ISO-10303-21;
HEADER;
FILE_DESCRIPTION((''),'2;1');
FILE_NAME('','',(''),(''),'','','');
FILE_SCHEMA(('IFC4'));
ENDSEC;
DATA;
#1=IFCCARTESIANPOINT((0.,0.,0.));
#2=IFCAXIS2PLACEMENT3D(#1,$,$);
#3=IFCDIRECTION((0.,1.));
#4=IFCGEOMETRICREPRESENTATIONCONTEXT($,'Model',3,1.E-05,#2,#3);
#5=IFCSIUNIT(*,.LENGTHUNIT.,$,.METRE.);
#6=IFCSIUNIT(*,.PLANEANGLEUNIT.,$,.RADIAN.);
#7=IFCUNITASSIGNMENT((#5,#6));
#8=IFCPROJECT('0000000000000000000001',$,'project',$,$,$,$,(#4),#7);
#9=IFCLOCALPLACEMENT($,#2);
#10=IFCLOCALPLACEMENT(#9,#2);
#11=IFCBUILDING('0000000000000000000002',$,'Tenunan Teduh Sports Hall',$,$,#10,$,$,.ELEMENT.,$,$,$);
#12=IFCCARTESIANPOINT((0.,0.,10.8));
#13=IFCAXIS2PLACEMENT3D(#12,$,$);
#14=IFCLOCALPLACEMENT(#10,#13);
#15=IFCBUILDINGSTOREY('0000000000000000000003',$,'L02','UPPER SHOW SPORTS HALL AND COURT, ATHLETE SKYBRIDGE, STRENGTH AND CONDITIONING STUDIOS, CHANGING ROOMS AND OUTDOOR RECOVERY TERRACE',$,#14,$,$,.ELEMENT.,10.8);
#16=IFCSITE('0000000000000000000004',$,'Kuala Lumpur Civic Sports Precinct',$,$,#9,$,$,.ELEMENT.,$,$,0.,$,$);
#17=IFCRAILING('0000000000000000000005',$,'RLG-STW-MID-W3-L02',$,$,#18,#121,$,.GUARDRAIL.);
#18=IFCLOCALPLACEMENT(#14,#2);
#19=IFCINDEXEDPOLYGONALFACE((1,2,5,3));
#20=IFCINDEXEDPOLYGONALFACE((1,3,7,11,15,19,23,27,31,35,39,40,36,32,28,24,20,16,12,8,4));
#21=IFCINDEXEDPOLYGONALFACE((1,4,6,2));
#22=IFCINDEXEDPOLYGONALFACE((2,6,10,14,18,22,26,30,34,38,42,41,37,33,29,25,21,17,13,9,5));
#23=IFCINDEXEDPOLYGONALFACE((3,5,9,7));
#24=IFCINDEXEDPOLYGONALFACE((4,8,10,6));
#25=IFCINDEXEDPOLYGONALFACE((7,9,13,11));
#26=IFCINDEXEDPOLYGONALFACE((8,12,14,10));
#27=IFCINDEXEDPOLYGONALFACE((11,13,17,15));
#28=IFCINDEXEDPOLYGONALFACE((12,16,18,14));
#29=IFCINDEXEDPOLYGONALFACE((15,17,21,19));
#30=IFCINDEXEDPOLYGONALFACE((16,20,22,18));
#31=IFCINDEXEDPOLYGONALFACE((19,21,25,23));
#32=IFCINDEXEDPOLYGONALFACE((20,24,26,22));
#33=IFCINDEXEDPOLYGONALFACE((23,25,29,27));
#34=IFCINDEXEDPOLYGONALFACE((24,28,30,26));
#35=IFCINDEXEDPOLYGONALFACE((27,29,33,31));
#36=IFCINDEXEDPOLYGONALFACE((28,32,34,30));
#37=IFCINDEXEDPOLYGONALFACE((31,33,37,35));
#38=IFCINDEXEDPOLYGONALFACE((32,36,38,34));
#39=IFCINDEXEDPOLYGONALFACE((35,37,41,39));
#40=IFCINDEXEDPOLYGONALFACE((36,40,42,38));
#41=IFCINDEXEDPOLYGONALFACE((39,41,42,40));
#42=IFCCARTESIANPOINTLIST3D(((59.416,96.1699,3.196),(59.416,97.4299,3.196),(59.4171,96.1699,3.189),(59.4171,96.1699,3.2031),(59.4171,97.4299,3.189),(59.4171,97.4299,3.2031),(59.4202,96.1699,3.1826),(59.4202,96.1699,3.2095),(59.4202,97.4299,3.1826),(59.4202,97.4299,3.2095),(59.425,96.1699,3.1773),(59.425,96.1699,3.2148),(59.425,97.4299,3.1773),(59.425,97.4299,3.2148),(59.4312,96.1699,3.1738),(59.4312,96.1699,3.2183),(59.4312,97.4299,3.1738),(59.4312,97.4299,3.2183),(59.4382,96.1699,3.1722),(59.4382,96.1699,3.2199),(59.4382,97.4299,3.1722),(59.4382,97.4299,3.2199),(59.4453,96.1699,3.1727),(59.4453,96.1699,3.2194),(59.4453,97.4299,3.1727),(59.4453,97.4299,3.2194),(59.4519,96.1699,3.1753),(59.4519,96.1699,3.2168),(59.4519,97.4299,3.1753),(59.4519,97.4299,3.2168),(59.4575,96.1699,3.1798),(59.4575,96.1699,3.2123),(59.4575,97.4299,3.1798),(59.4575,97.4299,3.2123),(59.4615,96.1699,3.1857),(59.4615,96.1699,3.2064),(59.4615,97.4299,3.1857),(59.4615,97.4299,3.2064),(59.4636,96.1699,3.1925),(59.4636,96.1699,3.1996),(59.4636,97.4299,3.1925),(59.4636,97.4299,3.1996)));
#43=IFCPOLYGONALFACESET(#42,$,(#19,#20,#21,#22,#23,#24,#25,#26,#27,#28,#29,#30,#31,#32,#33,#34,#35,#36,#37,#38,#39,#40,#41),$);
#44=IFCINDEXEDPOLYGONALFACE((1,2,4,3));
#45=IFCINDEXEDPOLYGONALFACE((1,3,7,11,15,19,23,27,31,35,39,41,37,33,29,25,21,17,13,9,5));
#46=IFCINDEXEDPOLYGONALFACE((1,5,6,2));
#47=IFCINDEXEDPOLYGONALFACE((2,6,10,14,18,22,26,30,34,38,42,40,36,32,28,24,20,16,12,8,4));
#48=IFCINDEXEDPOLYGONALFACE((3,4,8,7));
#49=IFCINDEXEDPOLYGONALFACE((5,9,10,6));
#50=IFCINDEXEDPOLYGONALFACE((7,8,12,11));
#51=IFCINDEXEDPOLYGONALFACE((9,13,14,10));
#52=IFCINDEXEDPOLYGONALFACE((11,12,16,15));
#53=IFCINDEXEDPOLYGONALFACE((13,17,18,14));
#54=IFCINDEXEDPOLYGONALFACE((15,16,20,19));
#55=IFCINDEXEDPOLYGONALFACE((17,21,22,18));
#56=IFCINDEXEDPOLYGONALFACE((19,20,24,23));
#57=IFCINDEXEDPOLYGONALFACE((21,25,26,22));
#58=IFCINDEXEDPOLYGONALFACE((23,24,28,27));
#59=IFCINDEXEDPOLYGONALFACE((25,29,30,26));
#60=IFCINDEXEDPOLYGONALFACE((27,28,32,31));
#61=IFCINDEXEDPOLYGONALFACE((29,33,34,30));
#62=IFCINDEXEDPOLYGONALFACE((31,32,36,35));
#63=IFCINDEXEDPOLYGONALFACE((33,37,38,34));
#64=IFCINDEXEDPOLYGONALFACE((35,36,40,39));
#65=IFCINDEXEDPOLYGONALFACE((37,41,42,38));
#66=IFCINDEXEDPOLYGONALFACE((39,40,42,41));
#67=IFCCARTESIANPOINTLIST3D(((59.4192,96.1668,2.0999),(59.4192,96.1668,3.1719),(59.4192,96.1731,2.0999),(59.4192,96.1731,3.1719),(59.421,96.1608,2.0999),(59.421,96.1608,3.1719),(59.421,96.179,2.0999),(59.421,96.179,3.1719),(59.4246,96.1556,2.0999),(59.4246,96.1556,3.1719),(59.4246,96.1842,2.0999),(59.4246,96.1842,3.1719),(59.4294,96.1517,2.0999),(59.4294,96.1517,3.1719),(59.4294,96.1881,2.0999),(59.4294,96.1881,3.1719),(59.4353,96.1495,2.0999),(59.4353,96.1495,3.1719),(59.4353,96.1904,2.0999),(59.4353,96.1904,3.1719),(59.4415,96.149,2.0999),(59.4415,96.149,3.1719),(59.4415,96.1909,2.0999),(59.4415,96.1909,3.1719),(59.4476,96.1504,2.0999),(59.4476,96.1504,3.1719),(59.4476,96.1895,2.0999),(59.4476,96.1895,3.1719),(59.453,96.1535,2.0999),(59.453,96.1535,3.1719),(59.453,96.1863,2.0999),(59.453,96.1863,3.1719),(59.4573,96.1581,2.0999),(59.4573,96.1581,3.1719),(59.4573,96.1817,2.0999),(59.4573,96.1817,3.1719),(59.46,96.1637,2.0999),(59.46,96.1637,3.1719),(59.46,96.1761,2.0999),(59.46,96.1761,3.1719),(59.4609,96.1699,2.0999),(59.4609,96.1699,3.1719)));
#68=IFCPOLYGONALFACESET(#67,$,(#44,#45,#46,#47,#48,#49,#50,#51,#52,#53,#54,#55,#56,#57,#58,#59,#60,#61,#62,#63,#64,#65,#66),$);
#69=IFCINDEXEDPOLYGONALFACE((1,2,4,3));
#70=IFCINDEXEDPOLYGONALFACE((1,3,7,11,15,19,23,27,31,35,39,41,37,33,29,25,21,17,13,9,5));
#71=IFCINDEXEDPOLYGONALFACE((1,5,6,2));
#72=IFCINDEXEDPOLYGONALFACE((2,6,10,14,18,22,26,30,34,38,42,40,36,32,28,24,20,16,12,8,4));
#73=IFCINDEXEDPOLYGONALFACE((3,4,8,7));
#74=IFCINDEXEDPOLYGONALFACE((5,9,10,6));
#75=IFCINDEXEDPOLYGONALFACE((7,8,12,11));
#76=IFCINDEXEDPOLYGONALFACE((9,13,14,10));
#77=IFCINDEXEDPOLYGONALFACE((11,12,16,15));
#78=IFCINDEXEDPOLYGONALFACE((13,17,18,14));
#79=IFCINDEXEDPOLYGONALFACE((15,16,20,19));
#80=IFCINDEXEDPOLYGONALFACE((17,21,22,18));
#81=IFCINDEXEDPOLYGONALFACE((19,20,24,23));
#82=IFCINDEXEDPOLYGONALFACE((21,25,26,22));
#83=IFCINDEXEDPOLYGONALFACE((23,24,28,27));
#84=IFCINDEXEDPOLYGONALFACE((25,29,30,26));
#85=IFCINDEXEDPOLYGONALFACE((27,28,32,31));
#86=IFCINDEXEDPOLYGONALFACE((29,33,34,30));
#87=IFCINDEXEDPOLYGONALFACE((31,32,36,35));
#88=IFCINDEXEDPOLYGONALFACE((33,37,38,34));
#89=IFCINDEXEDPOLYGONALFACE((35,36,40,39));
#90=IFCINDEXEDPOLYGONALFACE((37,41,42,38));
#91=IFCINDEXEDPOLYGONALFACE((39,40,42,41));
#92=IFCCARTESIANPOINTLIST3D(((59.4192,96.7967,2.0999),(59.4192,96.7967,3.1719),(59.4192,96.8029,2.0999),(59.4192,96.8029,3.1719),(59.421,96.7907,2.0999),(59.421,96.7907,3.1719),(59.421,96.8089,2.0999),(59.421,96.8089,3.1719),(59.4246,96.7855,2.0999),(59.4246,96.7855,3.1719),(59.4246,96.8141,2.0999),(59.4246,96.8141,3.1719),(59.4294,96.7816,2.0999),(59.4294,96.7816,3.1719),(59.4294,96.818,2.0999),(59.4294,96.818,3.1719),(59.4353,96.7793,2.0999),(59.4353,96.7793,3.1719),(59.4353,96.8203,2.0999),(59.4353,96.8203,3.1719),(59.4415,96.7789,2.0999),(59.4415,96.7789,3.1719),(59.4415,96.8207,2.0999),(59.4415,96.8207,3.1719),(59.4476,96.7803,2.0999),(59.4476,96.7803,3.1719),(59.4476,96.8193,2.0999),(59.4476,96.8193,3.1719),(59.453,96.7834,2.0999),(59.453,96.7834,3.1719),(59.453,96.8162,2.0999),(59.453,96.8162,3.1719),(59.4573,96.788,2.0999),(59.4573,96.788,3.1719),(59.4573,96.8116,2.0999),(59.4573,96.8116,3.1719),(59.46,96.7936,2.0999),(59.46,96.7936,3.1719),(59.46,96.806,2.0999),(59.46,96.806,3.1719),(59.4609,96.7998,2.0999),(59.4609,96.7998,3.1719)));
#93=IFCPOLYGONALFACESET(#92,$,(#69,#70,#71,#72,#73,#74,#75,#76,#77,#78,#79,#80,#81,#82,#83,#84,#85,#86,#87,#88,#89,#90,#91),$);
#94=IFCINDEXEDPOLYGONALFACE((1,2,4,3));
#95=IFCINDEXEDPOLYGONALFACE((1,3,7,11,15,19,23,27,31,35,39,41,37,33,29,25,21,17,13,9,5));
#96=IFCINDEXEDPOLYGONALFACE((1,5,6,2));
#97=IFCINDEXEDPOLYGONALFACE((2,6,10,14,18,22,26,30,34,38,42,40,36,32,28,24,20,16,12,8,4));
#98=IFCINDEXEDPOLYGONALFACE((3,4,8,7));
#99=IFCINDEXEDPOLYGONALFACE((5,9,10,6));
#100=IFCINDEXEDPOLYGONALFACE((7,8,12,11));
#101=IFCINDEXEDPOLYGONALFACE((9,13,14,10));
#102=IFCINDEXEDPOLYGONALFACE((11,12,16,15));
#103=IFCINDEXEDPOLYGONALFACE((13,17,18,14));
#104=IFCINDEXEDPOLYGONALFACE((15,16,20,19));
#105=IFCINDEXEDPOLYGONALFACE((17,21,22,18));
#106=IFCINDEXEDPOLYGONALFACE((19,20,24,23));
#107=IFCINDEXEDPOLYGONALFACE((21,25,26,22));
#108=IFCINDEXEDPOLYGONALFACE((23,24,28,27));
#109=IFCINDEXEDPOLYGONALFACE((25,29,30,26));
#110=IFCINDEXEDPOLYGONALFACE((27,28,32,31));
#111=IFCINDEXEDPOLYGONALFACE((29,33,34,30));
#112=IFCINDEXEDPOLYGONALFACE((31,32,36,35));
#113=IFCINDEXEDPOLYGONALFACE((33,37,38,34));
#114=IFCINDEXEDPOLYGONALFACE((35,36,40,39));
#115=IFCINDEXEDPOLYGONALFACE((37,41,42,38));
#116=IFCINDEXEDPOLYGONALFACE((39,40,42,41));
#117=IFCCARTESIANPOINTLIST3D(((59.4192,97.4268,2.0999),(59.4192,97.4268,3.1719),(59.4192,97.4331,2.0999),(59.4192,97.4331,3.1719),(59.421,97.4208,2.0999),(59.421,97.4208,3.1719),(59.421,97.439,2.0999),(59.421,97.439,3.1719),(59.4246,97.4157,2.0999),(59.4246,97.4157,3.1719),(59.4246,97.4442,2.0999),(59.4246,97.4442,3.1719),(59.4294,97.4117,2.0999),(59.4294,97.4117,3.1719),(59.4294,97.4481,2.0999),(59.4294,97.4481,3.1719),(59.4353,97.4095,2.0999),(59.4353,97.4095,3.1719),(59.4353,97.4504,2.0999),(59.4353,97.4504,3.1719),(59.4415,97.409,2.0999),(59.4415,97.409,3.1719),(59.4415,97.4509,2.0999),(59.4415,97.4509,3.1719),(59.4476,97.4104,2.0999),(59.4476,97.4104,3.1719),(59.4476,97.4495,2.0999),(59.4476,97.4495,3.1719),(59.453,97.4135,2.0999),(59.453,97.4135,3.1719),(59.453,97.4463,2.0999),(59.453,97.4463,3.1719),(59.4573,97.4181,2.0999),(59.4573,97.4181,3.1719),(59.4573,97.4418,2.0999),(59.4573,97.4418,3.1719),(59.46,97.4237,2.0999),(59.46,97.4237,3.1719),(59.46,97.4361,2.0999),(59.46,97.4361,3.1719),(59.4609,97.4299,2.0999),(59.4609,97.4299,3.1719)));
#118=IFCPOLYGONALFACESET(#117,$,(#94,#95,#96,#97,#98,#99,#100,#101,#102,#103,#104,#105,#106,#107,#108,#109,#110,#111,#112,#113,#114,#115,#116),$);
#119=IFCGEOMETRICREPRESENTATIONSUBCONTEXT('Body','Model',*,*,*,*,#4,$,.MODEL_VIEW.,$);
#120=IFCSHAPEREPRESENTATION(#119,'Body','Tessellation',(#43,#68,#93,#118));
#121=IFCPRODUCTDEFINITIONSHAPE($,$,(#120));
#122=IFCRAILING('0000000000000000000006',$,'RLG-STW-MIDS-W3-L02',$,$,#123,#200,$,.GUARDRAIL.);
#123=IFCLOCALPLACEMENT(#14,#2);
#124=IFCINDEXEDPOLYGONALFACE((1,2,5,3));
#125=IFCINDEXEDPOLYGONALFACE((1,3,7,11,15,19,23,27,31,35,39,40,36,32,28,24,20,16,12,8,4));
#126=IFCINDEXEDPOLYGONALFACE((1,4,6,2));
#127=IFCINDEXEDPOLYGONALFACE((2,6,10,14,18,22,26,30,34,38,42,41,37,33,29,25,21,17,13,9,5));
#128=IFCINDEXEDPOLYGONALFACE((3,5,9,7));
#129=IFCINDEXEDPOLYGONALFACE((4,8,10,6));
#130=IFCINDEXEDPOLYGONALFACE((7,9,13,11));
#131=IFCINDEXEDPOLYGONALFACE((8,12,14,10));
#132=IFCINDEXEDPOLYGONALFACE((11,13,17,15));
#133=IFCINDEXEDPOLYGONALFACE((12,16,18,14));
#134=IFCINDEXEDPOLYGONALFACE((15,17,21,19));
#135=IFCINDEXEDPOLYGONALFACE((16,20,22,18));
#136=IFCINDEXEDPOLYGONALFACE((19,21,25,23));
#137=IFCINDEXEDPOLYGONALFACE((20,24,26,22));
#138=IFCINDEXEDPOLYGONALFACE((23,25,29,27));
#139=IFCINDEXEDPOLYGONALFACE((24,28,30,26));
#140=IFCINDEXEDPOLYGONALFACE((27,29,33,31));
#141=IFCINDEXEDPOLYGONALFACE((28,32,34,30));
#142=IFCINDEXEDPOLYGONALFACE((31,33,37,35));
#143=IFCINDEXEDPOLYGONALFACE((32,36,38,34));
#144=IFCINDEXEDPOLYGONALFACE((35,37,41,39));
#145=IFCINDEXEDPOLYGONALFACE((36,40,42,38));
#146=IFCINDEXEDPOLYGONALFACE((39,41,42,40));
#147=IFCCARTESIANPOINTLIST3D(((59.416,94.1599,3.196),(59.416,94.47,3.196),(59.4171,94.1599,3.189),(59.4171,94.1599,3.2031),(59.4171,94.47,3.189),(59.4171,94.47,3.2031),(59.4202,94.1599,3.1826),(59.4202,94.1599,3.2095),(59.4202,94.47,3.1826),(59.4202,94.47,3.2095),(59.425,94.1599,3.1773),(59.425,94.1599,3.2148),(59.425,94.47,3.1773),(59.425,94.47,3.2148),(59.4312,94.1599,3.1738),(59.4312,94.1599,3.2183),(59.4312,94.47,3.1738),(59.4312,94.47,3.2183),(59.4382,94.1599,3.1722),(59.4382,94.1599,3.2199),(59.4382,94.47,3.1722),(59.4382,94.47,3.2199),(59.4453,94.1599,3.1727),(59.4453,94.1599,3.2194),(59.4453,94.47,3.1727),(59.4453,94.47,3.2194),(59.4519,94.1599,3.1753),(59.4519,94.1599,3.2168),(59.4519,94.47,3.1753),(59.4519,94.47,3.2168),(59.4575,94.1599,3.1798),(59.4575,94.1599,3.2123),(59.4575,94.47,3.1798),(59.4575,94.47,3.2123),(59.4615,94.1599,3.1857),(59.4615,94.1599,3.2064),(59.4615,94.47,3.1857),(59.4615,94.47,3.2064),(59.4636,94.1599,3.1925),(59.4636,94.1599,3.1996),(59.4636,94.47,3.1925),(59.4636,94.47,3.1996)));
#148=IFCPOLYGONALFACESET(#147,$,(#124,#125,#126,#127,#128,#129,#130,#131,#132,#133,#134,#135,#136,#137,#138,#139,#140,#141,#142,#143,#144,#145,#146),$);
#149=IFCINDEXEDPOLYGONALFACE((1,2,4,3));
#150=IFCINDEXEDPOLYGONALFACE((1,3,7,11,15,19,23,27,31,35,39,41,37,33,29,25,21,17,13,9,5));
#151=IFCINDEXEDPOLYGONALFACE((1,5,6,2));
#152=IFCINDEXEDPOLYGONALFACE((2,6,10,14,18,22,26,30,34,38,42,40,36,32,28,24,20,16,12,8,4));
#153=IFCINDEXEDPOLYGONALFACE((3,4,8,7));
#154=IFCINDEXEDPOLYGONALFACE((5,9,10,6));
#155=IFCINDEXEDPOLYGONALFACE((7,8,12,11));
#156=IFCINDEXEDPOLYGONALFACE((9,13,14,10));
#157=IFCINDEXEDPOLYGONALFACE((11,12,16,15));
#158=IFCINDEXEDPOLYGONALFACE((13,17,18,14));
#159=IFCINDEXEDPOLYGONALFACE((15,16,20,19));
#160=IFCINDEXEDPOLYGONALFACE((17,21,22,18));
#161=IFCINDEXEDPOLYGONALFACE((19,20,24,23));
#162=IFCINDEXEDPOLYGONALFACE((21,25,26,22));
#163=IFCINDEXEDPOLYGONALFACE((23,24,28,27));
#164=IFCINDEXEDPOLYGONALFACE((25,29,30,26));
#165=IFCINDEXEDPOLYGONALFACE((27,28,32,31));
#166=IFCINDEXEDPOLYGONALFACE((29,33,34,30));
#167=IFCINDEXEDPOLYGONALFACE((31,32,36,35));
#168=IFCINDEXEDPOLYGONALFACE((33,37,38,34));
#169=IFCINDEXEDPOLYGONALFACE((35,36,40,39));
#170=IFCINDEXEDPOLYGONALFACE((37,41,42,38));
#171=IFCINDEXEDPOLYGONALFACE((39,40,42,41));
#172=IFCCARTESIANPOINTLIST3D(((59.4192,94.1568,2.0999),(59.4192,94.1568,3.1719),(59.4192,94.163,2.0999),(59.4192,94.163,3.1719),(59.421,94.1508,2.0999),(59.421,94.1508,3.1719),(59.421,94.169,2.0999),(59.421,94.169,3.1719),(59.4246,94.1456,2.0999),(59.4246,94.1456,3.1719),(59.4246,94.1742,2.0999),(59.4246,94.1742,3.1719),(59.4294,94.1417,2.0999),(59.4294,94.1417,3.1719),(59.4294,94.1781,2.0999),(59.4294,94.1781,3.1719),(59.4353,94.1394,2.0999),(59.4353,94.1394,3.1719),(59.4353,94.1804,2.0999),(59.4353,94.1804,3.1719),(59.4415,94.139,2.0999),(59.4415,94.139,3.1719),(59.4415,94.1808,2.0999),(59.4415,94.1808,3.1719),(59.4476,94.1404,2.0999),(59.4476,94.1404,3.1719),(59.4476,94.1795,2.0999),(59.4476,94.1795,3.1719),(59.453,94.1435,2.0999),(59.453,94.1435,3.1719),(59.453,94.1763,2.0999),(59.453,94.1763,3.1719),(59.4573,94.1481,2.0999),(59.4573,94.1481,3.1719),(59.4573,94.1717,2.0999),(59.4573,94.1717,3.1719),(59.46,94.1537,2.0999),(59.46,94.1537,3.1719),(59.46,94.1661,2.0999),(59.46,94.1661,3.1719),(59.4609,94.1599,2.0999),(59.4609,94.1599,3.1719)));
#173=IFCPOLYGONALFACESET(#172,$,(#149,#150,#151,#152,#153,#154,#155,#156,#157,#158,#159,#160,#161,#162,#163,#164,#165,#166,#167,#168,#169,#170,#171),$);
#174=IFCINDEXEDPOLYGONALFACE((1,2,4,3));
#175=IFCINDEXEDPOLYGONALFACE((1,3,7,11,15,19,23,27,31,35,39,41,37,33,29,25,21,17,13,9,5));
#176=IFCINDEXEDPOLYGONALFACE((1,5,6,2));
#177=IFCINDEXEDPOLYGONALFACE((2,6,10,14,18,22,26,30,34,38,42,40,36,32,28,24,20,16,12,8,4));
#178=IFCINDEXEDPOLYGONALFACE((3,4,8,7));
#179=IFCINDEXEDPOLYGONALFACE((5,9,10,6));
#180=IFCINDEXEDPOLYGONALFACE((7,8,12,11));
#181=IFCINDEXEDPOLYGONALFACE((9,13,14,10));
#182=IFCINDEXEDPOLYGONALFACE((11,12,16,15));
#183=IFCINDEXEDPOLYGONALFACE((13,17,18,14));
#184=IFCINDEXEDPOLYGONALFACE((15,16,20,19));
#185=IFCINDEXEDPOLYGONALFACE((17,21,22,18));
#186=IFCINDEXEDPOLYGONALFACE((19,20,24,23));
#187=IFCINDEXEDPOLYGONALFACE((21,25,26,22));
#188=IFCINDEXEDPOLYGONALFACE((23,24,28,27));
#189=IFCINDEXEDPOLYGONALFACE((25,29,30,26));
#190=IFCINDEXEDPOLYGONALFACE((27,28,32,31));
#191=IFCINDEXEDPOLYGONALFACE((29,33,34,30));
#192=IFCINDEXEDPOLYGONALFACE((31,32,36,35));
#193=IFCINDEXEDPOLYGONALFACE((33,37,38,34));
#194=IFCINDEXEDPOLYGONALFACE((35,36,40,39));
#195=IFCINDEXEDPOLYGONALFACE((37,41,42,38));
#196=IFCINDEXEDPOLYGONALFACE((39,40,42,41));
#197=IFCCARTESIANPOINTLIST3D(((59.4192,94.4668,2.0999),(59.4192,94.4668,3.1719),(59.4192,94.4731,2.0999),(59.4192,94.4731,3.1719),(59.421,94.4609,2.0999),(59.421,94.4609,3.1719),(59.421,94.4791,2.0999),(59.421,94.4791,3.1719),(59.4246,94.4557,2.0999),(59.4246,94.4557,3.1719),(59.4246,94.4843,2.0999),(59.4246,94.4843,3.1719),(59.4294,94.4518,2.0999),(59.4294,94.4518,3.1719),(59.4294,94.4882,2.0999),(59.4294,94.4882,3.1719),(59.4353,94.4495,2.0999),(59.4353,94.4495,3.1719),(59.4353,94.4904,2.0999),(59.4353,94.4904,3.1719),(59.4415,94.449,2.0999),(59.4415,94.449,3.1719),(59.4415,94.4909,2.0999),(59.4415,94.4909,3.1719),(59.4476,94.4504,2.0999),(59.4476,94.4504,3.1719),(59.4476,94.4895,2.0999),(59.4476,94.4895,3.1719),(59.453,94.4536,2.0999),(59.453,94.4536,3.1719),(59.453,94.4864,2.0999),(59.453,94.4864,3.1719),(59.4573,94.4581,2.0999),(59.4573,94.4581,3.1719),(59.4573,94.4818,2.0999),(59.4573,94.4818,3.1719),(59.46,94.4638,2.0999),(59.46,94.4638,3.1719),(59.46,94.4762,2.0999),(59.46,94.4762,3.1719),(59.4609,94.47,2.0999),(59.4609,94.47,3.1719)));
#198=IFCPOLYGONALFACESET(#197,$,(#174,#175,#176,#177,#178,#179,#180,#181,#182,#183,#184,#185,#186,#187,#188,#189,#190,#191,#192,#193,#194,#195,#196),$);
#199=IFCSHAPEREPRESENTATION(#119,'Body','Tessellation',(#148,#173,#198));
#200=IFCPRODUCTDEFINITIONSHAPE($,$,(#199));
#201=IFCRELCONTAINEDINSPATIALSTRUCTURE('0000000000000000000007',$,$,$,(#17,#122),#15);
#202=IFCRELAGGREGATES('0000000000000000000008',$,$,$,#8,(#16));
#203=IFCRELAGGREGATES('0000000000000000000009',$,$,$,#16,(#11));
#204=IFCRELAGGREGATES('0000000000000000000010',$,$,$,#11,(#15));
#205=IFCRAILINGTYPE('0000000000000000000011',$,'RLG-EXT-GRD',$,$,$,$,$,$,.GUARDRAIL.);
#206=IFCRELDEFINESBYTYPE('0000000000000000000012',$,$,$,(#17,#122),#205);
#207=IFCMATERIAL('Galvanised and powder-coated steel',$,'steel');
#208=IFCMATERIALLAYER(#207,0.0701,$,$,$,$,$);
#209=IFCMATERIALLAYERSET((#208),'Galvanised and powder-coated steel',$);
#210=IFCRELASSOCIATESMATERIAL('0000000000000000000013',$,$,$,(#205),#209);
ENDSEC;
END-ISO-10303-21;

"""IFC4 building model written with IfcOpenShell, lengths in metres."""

from ifc_helpers import new_model, si_unit, direction, frame, origin, origin_2d, place, context, subcontext, project, spatial, circle, extrude, material, layer, layer_set, type_object, element, save


model = new_model("IFC4")

# Units and contexts
model_context = context("Model", 3, precision=1e-05, world=origin(), true_north=direction((0.0, 1.0)))
body_context = subcontext(model_context, "Body", "Model", "MODEL_VIEW")
ifc_project = project(units=[si_unit("LENGTHUNIT", "METRE"), si_unit("PLANEANGLEUNIT", "RADIAN")], contexts=[model_context])

# Site, building, storey
site_placement = place(None, origin())
site = spatial("IfcSite", under=ifc_project, at=site_placement, Name="Kuala Lumpur Civic Sports Precinct", CompositionType="ELEMENT", RefElevation=0.0)
building_placement = place(site_placement, origin())
building = spatial("IfcBuilding", under=site, at=building_placement, Name="Tenunan Teduh Sports Hall", CompositionType="ELEMENT")
storey_placement = place(building_placement, frame((0.0, 0.0, 10.8)))
storey = spatial("IfcBuildingStorey", under=building, at=storey_placement, Name="L02", Description="UPPER SHOW SPORTS HALL AND COURT, ATHLETE SKYBRIDGE, STRENGTH AND CONDITIONING STUDIOS, CHANGING ROOMS AND OUTDOOR RECOVERY TERRACE", CompositionType="ELEMENT", Elevation=10.8)

# Railings
ifc_material_1 = material(Name="Galvanised and powder-coated steel", Category="steel")
ifc_layer_1 = layer(ifc_material_1, 0.0701)
ifc_layer_set_1 = layer_set([ifc_layer_1], Name="Galvanised and powder-coated steel")
railing_type_1 = type_object("IfcRailingType", Name="RLG-EXT-GRD", PredefinedType="GUARDRAIL", material=ifc_layer_set_1)
railing_1_placement = place(storey_placement, frame((59.4399, 96.1699, 2.0999)))
element("IfcRailing", 1, at=railing_1_placement, inside=storey, type_object=railing_type_1, Name="RLG-STW-MID-W3-L02", PredefinedType="GUARDRAIL", context=body_context, shape_type="SweptSolid", body=[
    extrude(circle(Radius=0.0239, at=origin_2d()), frame((0.0, 0.0, 1.0962), z_axis=(0.0, 1.0, 0.0), x_axis=(-1.0, 0.0, 0.0)), (0.0, 0.0, 1.0), 1.26),
    extrude(circle(Radius=0.021, at=origin_2d()), origin(), (0.0, 0.0, 1.0), 1.072),
    extrude(circle(Radius=0.021, at=origin_2d()), frame((0.0, 0.6299, 0.0)), (0.0, 0.0, 1.0), 1.072),
    extrude(circle(Radius=0.021, at=origin_2d()), frame((0.0, 1.26, 0.0)), (0.0, 0.0, 1.0), 1.072),
])
railing_2_placement = place(storey_placement, frame((59.4399, 94.1599, 2.0999)))
element("IfcRailing", 2, at=railing_2_placement, inside=storey, type_object=railing_type_1, Name="RLG-STW-MIDS-W3-L02", PredefinedType="GUARDRAIL", context=body_context, shape_type="SweptSolid", body=[
    extrude(circle(Radius=0.0239, at=origin_2d()), frame((0.0, 0.0, 1.0962), z_axis=(0.0, 1.0, 0.0), x_axis=(-1.0, 0.0, 0.0)), (0.0, 0.0, 1.0), 0.3101),
    extrude(circle(Radius=0.021, at=origin_2d()), origin(), (0.0, 0.0, 1.0), 1.072),
    extrude(circle(Radius=0.021, at=origin_2d()), frame((0.0, 0.3101, 0.0)), (0.0, 0.0, 1.0), 1.072),
])

save(model, "model.ifc")
